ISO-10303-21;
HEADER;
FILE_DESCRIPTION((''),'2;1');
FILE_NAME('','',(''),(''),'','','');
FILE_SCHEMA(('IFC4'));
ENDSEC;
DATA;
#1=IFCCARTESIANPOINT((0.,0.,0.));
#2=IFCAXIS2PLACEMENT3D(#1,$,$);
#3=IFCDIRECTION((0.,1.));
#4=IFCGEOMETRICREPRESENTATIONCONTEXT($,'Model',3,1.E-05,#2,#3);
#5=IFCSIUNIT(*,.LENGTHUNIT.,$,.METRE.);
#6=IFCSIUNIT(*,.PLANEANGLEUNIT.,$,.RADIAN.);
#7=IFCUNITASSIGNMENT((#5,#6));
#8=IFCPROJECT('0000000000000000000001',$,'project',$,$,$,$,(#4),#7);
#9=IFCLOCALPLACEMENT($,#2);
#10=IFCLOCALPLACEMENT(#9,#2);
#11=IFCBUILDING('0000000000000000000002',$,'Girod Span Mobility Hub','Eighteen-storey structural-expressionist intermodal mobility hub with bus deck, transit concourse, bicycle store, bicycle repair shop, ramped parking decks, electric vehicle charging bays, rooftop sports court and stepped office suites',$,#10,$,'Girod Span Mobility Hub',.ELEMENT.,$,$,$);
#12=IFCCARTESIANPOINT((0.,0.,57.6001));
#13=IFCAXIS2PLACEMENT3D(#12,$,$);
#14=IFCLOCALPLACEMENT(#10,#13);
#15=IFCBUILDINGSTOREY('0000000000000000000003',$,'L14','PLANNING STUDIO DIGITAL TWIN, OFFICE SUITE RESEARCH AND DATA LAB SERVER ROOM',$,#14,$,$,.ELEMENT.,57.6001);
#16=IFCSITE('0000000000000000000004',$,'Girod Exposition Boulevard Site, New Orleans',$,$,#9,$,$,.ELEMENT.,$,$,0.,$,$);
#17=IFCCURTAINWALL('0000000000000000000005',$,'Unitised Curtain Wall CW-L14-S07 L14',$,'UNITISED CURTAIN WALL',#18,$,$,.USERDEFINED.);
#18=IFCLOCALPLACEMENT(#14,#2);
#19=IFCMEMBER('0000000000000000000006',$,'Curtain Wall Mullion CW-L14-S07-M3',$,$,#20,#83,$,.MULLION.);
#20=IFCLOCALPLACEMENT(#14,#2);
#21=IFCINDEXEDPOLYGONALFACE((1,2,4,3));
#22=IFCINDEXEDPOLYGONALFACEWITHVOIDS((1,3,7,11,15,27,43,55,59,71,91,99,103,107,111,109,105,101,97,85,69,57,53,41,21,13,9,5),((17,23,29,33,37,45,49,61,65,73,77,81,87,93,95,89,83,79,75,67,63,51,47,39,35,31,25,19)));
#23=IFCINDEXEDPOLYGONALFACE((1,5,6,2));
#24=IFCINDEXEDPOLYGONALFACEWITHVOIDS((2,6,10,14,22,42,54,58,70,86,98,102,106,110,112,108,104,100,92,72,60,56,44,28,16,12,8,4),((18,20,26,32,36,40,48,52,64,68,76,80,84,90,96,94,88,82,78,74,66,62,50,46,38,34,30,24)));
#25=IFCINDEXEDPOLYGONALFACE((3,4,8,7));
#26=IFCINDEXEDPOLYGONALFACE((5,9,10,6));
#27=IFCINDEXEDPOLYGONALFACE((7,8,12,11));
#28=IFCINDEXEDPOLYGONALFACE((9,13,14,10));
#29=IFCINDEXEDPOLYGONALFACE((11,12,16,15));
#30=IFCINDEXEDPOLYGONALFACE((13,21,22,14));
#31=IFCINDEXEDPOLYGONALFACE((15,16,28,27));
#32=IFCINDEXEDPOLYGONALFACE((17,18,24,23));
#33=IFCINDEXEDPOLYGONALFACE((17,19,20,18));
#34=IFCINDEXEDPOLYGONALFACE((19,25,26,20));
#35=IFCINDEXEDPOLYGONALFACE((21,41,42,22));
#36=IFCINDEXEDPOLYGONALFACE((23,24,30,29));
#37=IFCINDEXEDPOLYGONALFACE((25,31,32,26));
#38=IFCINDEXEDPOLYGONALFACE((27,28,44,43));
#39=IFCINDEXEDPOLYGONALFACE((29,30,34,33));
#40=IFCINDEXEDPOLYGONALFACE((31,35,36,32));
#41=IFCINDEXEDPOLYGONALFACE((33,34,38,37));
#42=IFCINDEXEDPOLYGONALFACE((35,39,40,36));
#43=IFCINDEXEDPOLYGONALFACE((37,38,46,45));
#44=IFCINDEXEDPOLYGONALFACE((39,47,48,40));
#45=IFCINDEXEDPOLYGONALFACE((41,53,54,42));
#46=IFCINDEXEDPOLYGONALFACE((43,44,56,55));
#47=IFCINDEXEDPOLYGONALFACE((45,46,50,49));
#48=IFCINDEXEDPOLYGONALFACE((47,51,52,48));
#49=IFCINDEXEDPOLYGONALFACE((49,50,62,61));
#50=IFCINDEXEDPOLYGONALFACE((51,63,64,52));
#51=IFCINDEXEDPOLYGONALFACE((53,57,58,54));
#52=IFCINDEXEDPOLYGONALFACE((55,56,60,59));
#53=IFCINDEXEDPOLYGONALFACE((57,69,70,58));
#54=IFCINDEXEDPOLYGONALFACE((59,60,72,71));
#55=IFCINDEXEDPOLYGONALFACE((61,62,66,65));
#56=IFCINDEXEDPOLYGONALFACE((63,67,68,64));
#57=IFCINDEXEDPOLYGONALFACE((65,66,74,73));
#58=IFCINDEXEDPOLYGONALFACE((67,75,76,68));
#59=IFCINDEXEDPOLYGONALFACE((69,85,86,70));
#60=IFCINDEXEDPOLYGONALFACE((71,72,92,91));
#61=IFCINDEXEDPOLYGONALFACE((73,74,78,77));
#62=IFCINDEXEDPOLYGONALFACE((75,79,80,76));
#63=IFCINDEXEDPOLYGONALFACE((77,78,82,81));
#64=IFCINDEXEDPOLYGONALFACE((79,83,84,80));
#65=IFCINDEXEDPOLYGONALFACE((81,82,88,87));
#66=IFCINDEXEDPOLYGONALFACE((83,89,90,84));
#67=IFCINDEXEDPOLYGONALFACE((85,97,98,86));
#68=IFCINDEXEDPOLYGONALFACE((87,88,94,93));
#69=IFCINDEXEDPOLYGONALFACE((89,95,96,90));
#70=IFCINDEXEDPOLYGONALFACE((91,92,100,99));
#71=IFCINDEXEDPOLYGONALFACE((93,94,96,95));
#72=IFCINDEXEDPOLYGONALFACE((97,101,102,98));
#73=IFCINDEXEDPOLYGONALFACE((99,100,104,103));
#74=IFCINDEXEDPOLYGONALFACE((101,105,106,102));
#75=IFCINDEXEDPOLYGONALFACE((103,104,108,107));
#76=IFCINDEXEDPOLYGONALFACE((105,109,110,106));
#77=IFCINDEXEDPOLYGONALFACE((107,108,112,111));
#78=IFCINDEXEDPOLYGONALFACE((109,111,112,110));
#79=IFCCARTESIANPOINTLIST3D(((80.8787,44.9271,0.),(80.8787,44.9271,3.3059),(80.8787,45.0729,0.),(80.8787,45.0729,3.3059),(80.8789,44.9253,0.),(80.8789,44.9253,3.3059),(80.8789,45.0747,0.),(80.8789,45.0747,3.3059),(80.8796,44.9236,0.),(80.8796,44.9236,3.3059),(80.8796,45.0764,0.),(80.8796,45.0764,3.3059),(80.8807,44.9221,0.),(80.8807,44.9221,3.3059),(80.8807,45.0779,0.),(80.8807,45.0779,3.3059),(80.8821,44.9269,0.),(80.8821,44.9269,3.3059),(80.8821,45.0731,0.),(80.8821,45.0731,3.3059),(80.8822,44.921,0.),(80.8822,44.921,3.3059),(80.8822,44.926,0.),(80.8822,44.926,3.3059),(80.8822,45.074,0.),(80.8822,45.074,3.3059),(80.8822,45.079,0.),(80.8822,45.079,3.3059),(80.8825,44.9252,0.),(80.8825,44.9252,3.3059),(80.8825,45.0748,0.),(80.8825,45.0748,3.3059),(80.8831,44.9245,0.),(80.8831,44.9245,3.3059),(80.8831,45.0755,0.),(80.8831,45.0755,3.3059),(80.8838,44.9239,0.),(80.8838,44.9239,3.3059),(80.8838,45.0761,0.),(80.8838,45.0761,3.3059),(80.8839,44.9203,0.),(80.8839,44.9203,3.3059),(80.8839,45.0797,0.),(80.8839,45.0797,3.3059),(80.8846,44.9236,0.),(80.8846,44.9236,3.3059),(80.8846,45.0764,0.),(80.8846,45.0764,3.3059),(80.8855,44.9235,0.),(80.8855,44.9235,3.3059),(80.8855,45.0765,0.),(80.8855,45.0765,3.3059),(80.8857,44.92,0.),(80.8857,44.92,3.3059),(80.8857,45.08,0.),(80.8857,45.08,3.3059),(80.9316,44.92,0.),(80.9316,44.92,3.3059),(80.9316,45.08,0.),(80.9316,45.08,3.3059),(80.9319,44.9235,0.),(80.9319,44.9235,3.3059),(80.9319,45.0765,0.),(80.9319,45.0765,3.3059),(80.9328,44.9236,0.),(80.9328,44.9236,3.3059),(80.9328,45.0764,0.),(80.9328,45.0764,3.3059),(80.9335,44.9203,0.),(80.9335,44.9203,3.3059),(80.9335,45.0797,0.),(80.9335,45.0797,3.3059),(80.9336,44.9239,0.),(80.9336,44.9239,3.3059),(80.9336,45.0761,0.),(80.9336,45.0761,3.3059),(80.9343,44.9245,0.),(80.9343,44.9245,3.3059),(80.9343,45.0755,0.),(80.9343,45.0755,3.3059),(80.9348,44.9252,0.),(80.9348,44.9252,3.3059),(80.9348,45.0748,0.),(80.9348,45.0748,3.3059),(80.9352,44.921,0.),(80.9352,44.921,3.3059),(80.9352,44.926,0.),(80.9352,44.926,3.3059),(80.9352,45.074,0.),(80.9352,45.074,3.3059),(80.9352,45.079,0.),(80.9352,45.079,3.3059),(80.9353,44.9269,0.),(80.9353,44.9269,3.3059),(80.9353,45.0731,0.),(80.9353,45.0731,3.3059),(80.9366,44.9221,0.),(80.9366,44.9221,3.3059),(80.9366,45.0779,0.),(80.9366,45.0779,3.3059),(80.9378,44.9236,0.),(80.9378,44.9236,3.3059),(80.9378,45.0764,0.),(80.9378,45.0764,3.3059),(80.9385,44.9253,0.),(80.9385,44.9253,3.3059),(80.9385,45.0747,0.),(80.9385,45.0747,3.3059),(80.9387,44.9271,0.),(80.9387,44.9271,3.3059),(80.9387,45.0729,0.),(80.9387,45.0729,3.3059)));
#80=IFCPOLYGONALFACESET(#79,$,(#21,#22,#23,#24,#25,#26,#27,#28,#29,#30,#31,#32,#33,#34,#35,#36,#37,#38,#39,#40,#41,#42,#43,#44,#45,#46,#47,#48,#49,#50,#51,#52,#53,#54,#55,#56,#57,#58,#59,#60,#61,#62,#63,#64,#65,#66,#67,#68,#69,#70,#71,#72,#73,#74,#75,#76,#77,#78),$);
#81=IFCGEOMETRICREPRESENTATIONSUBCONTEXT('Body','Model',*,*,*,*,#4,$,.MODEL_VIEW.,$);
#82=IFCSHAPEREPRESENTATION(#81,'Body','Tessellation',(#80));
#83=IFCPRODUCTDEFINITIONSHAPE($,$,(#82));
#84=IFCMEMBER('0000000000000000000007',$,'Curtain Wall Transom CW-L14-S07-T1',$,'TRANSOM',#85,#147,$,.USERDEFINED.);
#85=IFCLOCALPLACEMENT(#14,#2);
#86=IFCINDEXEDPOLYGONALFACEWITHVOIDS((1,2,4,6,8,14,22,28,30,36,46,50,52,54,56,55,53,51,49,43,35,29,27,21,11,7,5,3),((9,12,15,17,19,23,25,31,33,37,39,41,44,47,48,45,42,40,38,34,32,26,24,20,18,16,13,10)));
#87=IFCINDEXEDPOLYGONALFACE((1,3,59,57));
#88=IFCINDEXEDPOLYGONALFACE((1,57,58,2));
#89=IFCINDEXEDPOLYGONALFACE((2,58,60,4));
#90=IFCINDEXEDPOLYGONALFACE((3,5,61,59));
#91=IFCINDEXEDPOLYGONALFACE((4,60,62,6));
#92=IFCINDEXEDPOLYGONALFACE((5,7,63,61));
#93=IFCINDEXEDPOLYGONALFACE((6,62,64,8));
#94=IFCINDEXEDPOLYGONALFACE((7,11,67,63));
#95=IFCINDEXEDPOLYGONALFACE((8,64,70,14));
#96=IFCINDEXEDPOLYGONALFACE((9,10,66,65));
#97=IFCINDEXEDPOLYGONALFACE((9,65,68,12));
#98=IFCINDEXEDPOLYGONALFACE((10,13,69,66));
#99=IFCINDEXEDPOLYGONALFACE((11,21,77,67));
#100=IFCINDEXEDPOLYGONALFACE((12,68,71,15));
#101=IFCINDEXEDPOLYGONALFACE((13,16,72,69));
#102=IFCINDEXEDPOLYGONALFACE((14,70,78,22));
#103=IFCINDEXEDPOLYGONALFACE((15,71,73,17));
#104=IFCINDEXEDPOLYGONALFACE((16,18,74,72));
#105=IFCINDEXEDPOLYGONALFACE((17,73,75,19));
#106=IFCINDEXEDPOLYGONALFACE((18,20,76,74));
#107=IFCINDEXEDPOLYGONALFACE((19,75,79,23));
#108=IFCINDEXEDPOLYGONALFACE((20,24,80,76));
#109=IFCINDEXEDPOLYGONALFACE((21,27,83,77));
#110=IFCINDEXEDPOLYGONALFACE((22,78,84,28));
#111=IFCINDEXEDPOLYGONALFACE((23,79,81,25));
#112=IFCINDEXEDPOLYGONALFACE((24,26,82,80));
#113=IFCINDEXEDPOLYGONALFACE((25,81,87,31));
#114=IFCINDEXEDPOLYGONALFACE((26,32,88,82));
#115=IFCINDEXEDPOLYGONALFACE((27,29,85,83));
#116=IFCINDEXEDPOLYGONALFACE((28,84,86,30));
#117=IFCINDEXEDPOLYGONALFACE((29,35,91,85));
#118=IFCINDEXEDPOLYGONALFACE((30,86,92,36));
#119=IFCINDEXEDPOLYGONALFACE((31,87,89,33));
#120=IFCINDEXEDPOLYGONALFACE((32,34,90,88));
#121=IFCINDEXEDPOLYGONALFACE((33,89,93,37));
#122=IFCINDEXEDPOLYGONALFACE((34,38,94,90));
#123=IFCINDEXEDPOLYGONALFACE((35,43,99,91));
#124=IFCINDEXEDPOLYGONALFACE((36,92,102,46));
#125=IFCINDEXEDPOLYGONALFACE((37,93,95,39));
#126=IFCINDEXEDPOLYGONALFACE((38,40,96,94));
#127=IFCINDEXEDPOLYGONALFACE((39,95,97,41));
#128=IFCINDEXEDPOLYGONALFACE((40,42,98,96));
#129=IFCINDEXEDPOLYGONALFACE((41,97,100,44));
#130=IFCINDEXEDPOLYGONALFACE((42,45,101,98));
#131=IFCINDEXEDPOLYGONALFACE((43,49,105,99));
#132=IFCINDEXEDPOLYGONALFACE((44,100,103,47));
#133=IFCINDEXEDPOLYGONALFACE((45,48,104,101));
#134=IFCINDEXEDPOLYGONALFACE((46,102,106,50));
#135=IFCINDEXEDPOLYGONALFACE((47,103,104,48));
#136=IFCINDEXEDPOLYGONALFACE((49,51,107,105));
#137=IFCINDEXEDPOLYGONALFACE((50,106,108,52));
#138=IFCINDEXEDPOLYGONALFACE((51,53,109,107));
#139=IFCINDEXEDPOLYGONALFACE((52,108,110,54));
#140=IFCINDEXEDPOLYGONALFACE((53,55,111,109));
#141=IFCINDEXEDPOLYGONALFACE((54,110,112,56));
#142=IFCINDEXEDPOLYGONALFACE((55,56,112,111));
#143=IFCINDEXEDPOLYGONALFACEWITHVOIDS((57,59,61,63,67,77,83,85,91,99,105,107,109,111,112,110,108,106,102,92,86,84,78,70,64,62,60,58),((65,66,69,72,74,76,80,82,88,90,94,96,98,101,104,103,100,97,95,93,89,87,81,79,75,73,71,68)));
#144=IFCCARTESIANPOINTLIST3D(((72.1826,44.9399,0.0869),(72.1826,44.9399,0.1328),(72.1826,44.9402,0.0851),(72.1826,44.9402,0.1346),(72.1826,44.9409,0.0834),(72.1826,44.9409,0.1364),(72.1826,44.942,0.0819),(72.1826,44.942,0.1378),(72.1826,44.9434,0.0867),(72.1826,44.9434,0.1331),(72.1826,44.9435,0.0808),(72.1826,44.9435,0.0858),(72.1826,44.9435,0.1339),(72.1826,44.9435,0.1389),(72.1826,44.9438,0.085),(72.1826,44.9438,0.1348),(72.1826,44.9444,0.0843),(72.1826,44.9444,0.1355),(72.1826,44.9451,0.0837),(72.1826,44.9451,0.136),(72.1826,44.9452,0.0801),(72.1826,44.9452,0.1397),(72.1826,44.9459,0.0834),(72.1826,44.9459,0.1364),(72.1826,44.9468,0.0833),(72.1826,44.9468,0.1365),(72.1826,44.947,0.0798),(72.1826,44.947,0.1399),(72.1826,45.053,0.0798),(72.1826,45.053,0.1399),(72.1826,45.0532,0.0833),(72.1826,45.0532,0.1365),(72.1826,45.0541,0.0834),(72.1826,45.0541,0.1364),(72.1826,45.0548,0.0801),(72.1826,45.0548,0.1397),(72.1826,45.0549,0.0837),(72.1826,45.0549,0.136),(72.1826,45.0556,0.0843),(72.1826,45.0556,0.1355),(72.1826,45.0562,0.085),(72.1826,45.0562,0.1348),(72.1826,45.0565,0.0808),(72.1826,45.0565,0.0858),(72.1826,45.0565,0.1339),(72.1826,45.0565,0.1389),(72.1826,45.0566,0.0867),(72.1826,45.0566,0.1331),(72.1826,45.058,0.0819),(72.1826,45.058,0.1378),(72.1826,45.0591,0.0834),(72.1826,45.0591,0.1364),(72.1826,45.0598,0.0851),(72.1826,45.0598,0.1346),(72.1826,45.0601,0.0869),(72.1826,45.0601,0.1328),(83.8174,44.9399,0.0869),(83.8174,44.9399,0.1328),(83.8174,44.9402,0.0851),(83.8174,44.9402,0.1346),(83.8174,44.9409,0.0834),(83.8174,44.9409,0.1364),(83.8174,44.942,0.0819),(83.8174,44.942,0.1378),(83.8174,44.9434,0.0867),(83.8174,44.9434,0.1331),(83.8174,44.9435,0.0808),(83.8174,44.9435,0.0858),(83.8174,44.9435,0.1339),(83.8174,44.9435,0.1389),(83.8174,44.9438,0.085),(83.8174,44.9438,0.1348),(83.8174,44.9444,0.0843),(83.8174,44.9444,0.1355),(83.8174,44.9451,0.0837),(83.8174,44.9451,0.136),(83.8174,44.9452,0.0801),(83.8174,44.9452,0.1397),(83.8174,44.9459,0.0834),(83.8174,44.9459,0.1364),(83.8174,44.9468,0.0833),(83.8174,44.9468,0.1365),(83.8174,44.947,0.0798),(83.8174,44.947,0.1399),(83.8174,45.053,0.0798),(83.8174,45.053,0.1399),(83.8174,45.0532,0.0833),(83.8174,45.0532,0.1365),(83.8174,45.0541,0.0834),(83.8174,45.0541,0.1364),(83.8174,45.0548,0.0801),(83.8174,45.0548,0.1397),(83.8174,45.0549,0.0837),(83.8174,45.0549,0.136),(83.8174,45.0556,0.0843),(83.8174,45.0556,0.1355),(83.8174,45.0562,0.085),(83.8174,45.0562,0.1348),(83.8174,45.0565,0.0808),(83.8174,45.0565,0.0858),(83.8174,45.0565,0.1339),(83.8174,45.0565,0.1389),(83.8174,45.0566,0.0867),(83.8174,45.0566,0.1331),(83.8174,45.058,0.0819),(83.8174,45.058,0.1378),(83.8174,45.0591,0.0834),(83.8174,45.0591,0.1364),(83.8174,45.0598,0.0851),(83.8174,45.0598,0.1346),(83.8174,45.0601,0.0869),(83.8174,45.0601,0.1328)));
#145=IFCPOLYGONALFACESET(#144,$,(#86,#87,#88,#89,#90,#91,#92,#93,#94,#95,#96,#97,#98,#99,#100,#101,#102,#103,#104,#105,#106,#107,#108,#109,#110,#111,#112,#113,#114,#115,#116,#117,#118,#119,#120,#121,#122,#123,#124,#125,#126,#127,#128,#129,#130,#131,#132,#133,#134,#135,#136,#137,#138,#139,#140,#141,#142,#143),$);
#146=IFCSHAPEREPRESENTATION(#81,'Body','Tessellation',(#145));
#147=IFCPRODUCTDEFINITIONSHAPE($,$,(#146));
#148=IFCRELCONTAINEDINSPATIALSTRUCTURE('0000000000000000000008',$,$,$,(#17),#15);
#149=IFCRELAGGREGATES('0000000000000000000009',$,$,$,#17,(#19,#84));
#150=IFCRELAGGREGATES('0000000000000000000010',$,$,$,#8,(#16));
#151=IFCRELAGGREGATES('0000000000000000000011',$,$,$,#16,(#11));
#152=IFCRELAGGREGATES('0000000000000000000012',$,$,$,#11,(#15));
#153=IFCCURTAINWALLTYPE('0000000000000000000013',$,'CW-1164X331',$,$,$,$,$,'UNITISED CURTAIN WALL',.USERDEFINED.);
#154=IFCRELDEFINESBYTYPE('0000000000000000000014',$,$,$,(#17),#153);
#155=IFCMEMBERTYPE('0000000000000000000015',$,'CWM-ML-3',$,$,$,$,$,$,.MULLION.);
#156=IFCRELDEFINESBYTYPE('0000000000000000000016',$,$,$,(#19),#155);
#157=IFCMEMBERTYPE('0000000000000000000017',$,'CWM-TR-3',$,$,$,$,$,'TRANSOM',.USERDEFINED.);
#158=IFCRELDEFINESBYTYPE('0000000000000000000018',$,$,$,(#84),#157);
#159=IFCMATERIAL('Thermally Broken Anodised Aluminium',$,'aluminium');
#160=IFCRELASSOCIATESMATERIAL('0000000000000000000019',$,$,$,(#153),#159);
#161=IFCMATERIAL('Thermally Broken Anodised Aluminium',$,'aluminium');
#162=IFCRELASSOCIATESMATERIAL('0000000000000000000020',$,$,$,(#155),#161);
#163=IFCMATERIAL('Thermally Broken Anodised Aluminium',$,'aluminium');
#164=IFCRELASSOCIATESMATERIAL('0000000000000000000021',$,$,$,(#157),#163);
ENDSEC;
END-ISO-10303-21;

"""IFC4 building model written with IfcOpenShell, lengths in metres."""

from ifc_helpers import new_model, si_unit, direction, frame, origin, origin_2d, place, context, subcontext, project, spatial, hollow_rectangle, extrude, material, material_profile, profile_set, type_object, element, aggregate, save


model = new_model("IFC4")

# Units and contexts
model_context = context("Model", 3, precision=1e-05, world=origin(), true_north=direction((0.0, 1.0)))
body_context = subcontext(model_context, "Body", "Model", "MODEL_VIEW")
ifc_project = project(units=[si_unit("LENGTHUNIT", "METRE"), si_unit("PLANEANGLEUNIT", "RADIAN")], contexts=[model_context])

# Site, building, storey
site_placement = place(None, origin())
site = spatial("IfcSite", under=ifc_project, at=site_placement, Name="Girod Exposition Boulevard Site, New Orleans", CompositionType="ELEMENT", RefElevation=0.0)
building_placement = place(site_placement, origin())
building = spatial("IfcBuilding", under=site, at=building_placement, Name="Girod Span Mobility Hub", Description="Eighteen-storey structural-expressionist intermodal mobility hub with bus deck, transit concourse, bicycle store, bicycle repair shop, ramped parking decks, electric vehicle charging bays, rooftop sports court and stepped office suites", LongName="Girod Span Mobility Hub", CompositionType="ELEMENT")
storey_placement = place(building_placement, frame((0.0, 0.0, 57.6001)))
storey = spatial("IfcBuildingStorey", under=building, at=storey_placement, Name="L14", Description="PLANNING STUDIO DIGITAL TWIN, OFFICE SUITE RESEARCH AND DATA LAB SERVER ROOM", CompositionType="ELEMENT", Elevation=57.6001)

# Curtain wall, members
ifc_material_1 = material(Name="Thermally Broken Anodised Aluminium", Category="aluminium")
curtain_wall_type = type_object("IfcCurtainWallType", Name="CW-1164X331", ElementType="UNITISED CURTAIN WALL", PredefinedType="USERDEFINED", material=ifc_material_1)
curtain_wall_placement = place(storey_placement, origin())
curtain_wall = element("IfcCurtainWall", 1, at=curtain_wall_placement, inside=storey, type_object=curtain_wall_type, Name="Unitised Curtain Wall CW-L14-S07 L14", ObjectType="UNITISED CURTAIN WALL", PredefinedType="USERDEFINED")
ifc_material_2 = material(Name="Thermally Broken Anodised Aluminium", Category="aluminium")
ifc_material_profile_1 = material_profile(ifc_material_2, hollow_rectangle(XDim=0.1599, YDim=0.0601, WallThickness=0.0034, InnerFilletRadius=0.0034, OuterFilletRadius=0.0071, at=origin_2d()), Name="CW-ML-60X160")
ifc_profile_set_1 = profile_set([ifc_material_profile_1], Name="Thermally Broken Anodised Aluminium")
member_type_1 = type_object("IfcMemberType", Name="CWM-ML-3", PredefinedType="MULLION", material=ifc_profile_set_1)
member_1_placement = place(storey_placement, frame((80.9087, 45.0, 0.0), z_axis=(0.0, 0.0, 1.0), x_axis=(0.0, 1.0, 0.0)))
member_1 = element("IfcMember", 2, at=member_1_placement, type_object=member_type_1, Name="Curtain Wall Mullion CW-L14-S07-M3", PredefinedType="MULLION", context=body_context, shape_type="SweptSolid", body=[
    extrude(hollow_rectangle(XDim=0.1599, YDim=0.0601, WallThickness=0.0034, InnerFilletRadius=0.0034, OuterFilletRadius=0.0071, at=origin_2d()), origin(), (0.0, 0.0, 1.0), 3.3059),
])
ifc_material_3 = material(Name="Thermally Broken Anodised Aluminium", Category="aluminium")
ifc_material_profile_2 = material_profile(ifc_material_3, hollow_rectangle(XDim=0.1201, YDim=0.0601, WallThickness=0.0034, InnerFilletRadius=0.0034, OuterFilletRadius=0.0071, at=origin_2d()), Name="CW-TR-60X120")
ifc_profile_set_2 = profile_set([ifc_material_profile_2], Name="Thermally Broken Anodised Aluminium")
member_type_2 = type_object("IfcMemberType", Name="CWM-TR-3", ElementType="TRANSOM", PredefinedType="USERDEFINED", material=ifc_profile_set_2)
member_2_placement = place(storey_placement, frame((72.1826, 45.0, 0.1099), z_axis=(1.0, 0.0, 0.0), x_axis=(0.0, 1.0, 0.0)))
member_2 = element("IfcMember", 3, at=member_2_placement, type_object=member_type_2, Name="Curtain Wall Transom CW-L14-S07-T1", ObjectType="TRANSOM", PredefinedType="USERDEFINED", context=body_context, shape_type="SweptSolid", body=[
    extrude(hollow_rectangle(XDim=0.1201, YDim=0.0601, WallThickness=0.0034, InnerFilletRadius=0.0034, OuterFilletRadius=0.0071, at=origin_2d()), origin(), (0.0, 0.0, 1.0), 11.6348),
])
aggregate(curtain_wall, [member_1, member_2])

save(model, "model.ifc")
